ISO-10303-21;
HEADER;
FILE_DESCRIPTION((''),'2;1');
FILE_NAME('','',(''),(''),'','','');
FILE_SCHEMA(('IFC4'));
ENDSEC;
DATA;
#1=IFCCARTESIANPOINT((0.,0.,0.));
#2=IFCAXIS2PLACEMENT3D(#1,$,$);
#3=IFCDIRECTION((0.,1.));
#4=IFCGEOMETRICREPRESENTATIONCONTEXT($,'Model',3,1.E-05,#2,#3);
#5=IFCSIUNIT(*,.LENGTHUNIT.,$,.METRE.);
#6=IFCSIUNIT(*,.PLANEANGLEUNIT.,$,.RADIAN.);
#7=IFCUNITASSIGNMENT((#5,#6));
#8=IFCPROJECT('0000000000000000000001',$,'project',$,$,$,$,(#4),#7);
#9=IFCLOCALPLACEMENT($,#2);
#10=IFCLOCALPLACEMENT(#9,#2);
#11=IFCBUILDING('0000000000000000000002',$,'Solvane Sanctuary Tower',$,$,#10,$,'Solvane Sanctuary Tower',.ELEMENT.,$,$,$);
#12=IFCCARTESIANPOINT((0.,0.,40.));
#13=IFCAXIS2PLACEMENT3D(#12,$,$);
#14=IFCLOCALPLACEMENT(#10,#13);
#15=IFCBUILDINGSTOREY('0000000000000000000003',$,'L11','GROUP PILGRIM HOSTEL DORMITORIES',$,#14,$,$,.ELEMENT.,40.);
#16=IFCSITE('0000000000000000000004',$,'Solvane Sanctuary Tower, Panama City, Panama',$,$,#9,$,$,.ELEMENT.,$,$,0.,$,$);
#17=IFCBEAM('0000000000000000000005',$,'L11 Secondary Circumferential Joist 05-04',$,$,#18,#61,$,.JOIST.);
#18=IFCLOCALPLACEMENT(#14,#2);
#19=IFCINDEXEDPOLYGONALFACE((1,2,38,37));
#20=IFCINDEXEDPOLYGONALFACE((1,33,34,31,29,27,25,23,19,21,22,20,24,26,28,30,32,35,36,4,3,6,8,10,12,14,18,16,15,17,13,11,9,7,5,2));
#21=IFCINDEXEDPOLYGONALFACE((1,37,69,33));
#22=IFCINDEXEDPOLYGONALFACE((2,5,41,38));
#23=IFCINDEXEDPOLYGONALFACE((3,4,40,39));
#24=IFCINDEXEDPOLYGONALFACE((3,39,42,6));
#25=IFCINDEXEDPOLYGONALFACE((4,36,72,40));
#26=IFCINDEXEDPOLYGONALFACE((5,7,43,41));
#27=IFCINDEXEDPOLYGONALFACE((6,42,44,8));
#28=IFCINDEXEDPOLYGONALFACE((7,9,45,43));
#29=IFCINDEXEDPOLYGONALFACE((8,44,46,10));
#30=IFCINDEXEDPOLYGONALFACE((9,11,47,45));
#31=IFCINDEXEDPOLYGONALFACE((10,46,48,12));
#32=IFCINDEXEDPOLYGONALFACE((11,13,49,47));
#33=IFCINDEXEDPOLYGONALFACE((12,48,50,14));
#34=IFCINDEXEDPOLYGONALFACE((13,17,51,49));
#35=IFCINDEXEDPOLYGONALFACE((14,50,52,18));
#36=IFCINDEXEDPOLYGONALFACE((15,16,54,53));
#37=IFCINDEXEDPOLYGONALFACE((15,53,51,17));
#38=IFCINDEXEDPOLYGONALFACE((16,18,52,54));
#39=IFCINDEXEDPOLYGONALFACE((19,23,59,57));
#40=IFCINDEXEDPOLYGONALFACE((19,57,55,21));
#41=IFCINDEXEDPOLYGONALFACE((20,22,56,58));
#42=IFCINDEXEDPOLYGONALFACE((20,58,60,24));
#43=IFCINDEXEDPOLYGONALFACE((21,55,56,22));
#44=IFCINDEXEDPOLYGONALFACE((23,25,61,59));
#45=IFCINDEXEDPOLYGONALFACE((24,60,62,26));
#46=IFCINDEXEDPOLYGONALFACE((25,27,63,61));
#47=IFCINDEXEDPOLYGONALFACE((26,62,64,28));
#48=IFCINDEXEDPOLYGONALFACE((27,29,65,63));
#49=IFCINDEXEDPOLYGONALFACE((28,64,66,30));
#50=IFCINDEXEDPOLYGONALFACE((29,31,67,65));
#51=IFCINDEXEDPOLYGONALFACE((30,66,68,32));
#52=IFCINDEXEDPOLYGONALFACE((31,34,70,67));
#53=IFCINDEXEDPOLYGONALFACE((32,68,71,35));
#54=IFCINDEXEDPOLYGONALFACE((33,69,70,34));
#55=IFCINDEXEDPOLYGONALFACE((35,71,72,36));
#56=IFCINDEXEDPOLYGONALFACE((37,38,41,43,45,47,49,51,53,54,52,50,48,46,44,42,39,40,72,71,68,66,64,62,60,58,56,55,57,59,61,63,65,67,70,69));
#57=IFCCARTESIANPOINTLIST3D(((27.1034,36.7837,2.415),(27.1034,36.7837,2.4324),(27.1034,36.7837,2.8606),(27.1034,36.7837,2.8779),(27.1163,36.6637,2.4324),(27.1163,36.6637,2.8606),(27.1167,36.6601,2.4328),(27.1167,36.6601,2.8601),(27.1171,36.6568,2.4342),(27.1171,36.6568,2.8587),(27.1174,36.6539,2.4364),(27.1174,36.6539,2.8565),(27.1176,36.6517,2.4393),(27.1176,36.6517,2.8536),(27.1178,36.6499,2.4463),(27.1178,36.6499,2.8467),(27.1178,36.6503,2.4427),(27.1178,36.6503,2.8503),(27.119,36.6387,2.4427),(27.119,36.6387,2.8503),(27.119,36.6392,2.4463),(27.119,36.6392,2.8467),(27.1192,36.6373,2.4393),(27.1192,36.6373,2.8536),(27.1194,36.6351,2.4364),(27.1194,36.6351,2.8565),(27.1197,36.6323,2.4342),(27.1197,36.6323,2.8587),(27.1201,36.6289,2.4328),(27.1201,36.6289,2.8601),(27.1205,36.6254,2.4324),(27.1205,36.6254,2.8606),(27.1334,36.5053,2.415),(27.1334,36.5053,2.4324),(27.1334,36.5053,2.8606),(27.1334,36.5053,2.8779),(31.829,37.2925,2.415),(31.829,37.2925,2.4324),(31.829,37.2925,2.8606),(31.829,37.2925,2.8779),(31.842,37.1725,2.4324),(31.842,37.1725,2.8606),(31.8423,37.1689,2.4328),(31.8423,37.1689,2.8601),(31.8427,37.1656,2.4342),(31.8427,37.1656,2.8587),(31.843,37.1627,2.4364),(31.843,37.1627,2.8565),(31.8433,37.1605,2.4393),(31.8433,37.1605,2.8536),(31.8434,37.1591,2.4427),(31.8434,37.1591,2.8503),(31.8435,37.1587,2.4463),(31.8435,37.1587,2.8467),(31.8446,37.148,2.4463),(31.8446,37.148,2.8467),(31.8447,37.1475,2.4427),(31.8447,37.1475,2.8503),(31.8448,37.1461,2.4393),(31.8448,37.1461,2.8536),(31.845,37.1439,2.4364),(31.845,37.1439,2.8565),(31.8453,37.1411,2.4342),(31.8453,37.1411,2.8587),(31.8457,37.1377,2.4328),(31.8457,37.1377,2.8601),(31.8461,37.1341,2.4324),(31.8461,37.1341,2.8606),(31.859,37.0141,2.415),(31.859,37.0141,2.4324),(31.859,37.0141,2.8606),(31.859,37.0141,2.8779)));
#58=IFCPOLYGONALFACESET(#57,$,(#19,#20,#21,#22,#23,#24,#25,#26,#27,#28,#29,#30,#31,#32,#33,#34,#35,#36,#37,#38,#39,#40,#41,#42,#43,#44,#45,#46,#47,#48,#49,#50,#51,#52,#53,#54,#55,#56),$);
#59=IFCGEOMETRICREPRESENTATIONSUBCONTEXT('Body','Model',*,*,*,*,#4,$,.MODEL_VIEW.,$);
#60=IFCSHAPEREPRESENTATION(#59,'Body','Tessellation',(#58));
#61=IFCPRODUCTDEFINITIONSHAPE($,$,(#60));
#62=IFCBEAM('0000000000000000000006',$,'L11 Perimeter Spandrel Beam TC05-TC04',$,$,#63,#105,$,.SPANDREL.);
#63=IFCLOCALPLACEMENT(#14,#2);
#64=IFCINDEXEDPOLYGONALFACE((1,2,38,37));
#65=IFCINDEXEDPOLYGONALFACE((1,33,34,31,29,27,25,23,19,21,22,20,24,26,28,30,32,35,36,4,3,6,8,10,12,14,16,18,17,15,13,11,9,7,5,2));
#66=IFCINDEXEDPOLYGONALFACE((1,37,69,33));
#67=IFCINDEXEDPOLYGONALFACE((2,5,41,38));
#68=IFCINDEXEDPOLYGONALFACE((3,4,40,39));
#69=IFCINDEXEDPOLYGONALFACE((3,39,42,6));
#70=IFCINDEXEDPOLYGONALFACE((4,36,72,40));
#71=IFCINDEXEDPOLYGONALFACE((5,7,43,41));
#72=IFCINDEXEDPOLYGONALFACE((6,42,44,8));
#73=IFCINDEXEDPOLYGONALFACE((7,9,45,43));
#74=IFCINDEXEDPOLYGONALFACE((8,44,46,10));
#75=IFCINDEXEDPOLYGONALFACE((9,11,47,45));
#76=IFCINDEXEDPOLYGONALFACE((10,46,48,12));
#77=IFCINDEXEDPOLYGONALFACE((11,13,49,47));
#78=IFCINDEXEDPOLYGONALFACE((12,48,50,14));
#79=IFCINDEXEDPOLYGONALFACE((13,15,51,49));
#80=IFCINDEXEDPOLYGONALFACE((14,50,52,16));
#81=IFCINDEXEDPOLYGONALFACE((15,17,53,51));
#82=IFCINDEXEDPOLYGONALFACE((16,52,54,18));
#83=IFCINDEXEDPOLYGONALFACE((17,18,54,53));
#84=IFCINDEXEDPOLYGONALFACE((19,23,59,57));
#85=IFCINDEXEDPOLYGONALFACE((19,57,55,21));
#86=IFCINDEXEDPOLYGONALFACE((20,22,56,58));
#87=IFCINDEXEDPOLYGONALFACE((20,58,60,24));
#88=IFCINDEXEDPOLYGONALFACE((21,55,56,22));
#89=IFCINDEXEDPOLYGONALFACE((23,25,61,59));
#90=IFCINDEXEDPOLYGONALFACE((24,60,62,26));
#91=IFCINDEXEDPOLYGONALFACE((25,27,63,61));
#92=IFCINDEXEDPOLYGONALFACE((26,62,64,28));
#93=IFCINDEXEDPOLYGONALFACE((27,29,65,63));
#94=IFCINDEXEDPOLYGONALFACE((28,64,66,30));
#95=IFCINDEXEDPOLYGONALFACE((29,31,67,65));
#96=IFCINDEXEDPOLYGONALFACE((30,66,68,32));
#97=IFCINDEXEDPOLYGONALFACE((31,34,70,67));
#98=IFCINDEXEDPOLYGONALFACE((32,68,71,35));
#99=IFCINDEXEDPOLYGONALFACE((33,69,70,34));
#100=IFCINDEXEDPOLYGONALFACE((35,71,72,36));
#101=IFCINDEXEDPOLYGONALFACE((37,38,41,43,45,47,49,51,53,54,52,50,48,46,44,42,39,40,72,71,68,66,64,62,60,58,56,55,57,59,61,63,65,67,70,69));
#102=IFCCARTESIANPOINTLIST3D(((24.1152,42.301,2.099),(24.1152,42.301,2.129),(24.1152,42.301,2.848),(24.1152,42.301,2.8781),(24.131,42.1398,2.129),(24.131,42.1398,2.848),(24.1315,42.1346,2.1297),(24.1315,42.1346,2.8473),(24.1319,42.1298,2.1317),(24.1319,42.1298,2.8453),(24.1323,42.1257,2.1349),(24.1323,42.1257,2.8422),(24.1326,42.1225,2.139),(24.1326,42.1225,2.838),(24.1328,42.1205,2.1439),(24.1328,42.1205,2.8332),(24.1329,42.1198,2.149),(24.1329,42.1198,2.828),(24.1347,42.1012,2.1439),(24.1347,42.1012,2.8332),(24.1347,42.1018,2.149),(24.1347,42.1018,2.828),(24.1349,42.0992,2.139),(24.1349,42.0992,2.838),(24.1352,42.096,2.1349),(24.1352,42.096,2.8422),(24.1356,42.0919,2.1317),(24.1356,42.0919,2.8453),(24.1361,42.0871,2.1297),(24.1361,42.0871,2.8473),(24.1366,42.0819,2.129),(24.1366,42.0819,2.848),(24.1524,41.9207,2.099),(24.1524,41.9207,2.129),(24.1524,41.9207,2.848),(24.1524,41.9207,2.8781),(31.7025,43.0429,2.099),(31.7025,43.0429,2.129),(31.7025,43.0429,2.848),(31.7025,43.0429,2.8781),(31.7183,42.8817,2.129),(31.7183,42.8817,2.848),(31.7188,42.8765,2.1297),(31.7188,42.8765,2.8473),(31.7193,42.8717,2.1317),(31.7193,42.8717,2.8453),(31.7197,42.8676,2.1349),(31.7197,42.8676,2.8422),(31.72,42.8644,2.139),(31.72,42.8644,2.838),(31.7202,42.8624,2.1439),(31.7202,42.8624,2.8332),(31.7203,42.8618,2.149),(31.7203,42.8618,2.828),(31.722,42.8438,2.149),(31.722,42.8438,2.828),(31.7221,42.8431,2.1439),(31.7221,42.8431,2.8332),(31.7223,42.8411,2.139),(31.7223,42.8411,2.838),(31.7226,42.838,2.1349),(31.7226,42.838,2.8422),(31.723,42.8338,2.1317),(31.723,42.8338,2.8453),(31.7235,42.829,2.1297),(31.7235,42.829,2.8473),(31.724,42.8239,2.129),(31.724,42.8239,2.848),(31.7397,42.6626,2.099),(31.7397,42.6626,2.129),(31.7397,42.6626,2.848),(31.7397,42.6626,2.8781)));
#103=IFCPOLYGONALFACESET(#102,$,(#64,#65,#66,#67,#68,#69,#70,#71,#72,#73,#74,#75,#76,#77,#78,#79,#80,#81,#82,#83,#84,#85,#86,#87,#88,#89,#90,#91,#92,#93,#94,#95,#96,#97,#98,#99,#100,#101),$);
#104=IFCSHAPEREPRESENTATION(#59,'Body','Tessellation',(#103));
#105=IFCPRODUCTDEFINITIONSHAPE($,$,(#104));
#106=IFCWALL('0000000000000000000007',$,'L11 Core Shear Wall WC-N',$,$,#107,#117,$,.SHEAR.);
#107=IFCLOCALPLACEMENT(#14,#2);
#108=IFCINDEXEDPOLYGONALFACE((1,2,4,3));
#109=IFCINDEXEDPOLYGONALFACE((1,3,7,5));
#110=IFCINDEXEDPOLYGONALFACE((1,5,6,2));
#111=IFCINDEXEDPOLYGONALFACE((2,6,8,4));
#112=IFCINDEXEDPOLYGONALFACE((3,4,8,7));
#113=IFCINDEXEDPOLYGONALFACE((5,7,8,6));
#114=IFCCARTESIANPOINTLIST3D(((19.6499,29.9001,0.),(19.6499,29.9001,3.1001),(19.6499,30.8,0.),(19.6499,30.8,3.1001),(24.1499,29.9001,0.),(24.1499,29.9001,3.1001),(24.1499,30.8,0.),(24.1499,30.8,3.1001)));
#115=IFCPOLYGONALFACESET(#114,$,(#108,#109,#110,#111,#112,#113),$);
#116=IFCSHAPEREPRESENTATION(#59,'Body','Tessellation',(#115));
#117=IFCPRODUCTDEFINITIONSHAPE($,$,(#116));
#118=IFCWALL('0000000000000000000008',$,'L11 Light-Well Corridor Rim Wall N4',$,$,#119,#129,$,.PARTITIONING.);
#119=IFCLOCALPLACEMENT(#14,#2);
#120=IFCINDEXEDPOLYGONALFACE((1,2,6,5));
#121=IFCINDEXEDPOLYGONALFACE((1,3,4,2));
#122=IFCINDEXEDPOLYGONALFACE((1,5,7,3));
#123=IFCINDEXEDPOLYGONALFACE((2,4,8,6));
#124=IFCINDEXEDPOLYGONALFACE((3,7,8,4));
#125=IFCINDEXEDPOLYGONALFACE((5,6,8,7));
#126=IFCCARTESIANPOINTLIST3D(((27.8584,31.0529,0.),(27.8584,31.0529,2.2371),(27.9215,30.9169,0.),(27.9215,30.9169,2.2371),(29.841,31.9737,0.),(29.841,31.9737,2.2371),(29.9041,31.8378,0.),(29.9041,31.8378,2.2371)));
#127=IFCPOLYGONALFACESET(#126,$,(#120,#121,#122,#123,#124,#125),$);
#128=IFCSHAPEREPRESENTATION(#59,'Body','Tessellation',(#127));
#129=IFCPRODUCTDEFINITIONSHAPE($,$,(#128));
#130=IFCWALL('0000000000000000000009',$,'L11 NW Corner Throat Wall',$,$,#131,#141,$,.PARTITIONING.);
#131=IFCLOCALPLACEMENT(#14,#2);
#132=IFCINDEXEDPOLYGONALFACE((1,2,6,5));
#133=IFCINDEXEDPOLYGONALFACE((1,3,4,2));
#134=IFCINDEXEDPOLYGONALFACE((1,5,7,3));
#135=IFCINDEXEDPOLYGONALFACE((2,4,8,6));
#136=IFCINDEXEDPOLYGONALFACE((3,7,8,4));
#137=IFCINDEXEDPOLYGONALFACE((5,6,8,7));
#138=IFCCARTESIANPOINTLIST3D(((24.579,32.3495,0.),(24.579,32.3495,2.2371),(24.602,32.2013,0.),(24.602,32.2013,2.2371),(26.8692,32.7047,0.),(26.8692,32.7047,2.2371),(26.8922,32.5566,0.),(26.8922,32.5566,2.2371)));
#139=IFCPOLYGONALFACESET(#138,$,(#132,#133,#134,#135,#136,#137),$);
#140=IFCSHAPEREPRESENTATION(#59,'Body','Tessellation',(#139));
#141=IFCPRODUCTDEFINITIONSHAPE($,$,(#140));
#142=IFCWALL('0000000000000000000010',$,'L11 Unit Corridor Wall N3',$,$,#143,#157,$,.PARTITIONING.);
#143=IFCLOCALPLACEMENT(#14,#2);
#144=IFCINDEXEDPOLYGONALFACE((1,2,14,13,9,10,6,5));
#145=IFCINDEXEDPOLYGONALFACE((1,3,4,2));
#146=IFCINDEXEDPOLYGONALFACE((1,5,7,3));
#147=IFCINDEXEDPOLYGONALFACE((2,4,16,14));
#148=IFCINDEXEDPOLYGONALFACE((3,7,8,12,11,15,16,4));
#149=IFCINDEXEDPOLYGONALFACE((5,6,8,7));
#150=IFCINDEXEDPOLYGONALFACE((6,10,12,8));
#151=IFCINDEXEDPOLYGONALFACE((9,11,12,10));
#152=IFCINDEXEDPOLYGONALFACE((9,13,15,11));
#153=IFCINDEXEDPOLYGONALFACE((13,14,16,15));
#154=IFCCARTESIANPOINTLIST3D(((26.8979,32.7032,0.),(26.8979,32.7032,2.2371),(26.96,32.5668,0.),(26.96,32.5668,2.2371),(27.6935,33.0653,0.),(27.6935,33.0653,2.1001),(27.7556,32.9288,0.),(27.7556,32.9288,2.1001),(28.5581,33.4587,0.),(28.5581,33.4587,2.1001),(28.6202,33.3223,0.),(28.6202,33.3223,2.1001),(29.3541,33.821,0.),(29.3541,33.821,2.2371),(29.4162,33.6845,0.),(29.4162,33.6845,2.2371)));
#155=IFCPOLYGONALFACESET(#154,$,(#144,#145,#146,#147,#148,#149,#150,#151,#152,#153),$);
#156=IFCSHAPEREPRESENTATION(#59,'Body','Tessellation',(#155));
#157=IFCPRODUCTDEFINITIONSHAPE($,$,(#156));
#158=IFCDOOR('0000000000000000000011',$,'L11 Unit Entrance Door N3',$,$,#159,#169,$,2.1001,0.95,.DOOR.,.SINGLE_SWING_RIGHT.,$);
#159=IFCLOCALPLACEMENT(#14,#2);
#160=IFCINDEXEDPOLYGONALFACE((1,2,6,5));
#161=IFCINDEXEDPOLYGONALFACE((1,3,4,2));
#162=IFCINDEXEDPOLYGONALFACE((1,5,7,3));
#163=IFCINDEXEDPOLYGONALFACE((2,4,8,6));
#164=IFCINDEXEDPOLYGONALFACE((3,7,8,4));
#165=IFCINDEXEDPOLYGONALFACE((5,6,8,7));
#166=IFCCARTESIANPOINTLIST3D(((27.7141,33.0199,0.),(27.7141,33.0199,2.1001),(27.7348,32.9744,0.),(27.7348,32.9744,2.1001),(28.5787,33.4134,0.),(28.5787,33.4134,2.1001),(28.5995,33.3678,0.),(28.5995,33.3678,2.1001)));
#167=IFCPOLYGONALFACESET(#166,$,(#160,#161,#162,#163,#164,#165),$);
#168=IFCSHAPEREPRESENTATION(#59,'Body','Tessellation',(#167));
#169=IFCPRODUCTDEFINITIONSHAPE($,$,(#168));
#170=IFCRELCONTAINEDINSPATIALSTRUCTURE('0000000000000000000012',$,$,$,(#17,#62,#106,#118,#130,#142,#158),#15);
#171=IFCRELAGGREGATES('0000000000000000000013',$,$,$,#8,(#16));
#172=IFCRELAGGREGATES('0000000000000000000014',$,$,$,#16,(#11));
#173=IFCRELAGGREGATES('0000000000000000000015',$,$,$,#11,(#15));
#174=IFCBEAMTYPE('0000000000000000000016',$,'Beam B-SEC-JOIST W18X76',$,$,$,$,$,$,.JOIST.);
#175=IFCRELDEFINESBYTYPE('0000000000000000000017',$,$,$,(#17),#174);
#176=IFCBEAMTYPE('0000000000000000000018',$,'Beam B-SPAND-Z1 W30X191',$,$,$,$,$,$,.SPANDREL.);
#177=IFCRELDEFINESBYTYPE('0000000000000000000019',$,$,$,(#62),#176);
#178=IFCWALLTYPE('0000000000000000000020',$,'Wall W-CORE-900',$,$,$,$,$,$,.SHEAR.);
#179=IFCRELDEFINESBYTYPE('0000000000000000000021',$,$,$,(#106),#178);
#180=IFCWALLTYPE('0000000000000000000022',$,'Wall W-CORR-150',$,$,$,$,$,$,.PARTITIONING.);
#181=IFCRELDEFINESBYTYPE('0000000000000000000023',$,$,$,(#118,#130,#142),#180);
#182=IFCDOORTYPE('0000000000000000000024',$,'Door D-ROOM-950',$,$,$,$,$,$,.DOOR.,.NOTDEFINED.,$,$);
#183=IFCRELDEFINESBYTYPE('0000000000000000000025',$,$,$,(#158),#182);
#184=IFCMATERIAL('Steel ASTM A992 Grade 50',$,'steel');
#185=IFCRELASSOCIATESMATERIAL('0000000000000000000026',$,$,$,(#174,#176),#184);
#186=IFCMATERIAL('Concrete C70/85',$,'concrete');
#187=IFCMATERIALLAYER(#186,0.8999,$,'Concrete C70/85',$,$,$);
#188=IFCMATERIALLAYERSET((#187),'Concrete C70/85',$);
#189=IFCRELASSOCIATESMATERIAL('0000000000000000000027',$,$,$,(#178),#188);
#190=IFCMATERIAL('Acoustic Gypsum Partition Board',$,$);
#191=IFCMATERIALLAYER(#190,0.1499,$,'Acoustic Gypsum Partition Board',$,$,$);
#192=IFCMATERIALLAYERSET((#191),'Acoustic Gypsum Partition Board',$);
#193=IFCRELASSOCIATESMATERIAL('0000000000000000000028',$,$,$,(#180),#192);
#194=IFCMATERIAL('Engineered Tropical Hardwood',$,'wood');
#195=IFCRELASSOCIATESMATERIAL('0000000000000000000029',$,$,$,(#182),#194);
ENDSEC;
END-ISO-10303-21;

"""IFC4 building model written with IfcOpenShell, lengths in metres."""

from ifc_helpers import new_model, si_unit, direction, frame, frame_2d, origin, origin_2d, place, context, subcontext, project, spatial, rectangle, i_section, extrude, material, layer, layer_set, material_profile, profile_set, type_object, element, fill, save


model = new_model("IFC4")

# Units and contexts
model_context = context("Model", 3, precision=1e-05, world=origin(), true_north=direction((0.0, 1.0)))
body_context = subcontext(model_context, "Body", "Model", "MODEL_VIEW")
ifc_project = project(units=[si_unit("LENGTHUNIT", "METRE"), si_unit("PLANEANGLEUNIT", "RADIAN")], contexts=[model_context])

# Site, building, storey
site_placement = place(None, origin())
site = spatial("IfcSite", under=ifc_project, at=site_placement, Name="Solvane Sanctuary Tower, Panama City, Panama", CompositionType="ELEMENT", RefElevation=0.0)
building_placement = place(site_placement, origin())
building = spatial("IfcBuilding", under=site, at=building_placement, Name="Solvane Sanctuary Tower", LongName="Solvane Sanctuary Tower", CompositionType="ELEMENT")
storey_placement = place(building_placement, frame((0.0, 0.0, 40.0)))
storey = spatial("IfcBuildingStorey", under=building, at=storey_placement, Name="L11", Description="GROUP PILGRIM HOSTEL DORMITORIES", CompositionType="ELEMENT", Elevation=40.0)

# Shared definitions
ifc_material_1 = material(Name="Concrete C70/85", Category="concrete")

# Beams
ifc_material_2 = material(Name="Steel ASTM A992 Grade 50", Category="steel")
ifc_material_profile_1 = material_profile(ifc_material_2, i_section(OverallWidth=0.28, OverallDepth=0.4629, WebThickness=0.0107, FlangeThickness=0.0173, FilletRadius=0.0139, at=origin_2d()), Name="W18X76")
ifc_profile_set_1 = profile_set([ifc_material_profile_1], Name="Steel ASTM A992 Grade 50")
beam_type_1 = type_object("IfcBeamType", Name="Beam B-SEC-JOIST W18X76", PredefinedType="JOIST", material=ifc_profile_set_1)
beam_1_placement = place(storey_placement, frame((27.1184, 36.6445, 2.6465), z_axis=(0.994254, 0.107048, 0.0), x_axis=(-0.107048, 0.994254, 0.0)))
element("IfcBeam", 1, at=beam_1_placement, inside=storey, type_object=beam_type_1, Name="L11 Secondary Circumferential Joist 05-04", PredefinedType="JOIST", context=body_context, shape_type="SweptSolid", body=[
    extrude(i_section(OverallWidth=0.28, OverallDepth=0.4629, WebThickness=0.0107, FlangeThickness=0.0173, FilletRadius=0.0139, at=origin_2d()), origin(), (0.0, 0.0, 1.0), 4.7529),
])
ifc_material_profile_2 = material_profile(ifc_material_2, i_section(OverallWidth=0.3821, OverallDepth=0.7791, WebThickness=0.0181, FlangeThickness=0.03, FilletRadius=0.02, at=origin_2d()), Name="W30X191")
ifc_profile_set_2 = profile_set([ifc_material_profile_2], Name="Steel ASTM A992 Grade 50")
beam_type_2 = type_object("IfcBeamType", Name="Beam B-SPAND-Z1 W30X191", PredefinedType="SPANDREL", material=ifc_profile_set_2)
beam_2_placement = place(storey_placement, frame((24.1338, 42.1108, 2.4885), z_axis=(0.995253, 0.097322, 0.0), x_axis=(-0.097322, 0.995253, 0.0)))
element("IfcBeam", 2, at=beam_2_placement, inside=storey, type_object=beam_type_2, Name="L11 Perimeter Spandrel Beam TC05-TC04", PredefinedType="SPANDREL", context=body_context, shape_type="SweptSolid", body=[
    extrude(i_section(OverallWidth=0.3821, OverallDepth=0.7791, WebThickness=0.0181, FlangeThickness=0.03, FilletRadius=0.02, at=origin_2d()), origin(), (0.0, 0.0, 1.0), 7.6235),
])

# Walls
ifc_layer_1 = layer(ifc_material_1, 0.8999, Name="Concrete C70/85")
ifc_layer_set_1 = layer_set([ifc_layer_1], Name="Concrete C70/85")
wall_type_1 = type_object("IfcWallType", Name="Wall W-CORE-900", PredefinedType="SHEAR", material=ifc_layer_set_1)
wall_1_placement = place(storey_placement, frame((19.6499, 30.3501, 0.0), z_axis=(0.0, 0.0, 1.0), x_axis=(1.0, 0.0, 0.0)))
element("IfcWall", 3, at=wall_1_placement, inside=storey, type_object=wall_type_1, Name="L11 Core Shear Wall WC-N", PredefinedType="SHEAR", context=body_context, shape_type="SweptSolid", body=[
    extrude(rectangle(XDim=4.5, YDim=0.8999, at=frame_2d((2.25, 0.0))), origin(), (0.0, 0.0, 1.0), 3.1001),
])
ifc_material_3 = material(Name="Acoustic Gypsum Partition Board")
ifc_layer_2 = layer(ifc_material_3, 0.1499, Name="Acoustic Gypsum Partition Board")
ifc_layer_set_2 = layer_set([ifc_layer_2], Name="Acoustic Gypsum Partition Board")
wall_type_2 = type_object("IfcWallType", Name="Wall W-CORR-150", PredefinedType="PARTITIONING", material=ifc_layer_set_2)
wall_2_placement = place(storey_placement, frame((29.8726, 31.9058, 0.0), z_axis=(0.0, 0.0, 1.0), x_axis=(-0.906943, -0.421252, 0.0)))
element("IfcWall", 4, at=wall_2_placement, inside=storey, type_object=wall_type_2, Name="L11 Light-Well Corridor Rim Wall N4", PredefinedType="PARTITIONING", context=body_context, shape_type="SweptSolid", body=[
    extrude(rectangle(XDim=2.186, YDim=0.1499, at=frame_2d((1.093, 0.0))), origin(), (0.0, 0.0, 1.0), 2.2371),
])
wall_3_placement = place(storey_placement, frame((26.8806, 32.6306, 0.0), z_axis=(0.0, 0.0, 1.0), x_axis=(-0.988185, -0.153268, 0.0)))
element("IfcWall", 5, at=wall_3_placement, inside=storey, type_object=wall_type_2, Name="L11 NW Corner Throat Wall", PredefinedType="PARTITIONING", context=body_context, shape_type="SweptSolid", body=[
    extrude(rectangle(XDim=2.3176, YDim=0.1499, at=frame_2d((1.1587, 0.0))), origin(), (0.0, 0.0, 1.0), 2.2371),
])

# Wall, opening, door
wall_4_placement = place(storey_placement, frame((29.385, 33.7527, 0.0), z_axis=(0.0, 0.0, 1.0), x_axis=(-0.910187, -0.414198, 0.0)))
wall_4 = element("IfcWall", 6, at=wall_4_placement, inside=storey, type_object=wall_type_2, Name="L11 Unit Corridor Wall N3", PredefinedType="PARTITIONING", context=body_context, shape_type="SweptSolid", body=[
    extrude(rectangle(XDim=2.6985, YDim=0.1499, at=frame_2d((1.3491, 0.0))), origin(), (0.0, 0.0, 1.0), 2.2371),
])
opening_1_placement = place(wall_4_placement, frame((0.8743, 0.0, 0.0)))
opening_1 = element("IfcOpeningElement", 7, at=opening_1_placement, cuts=wall_4, PredefinedType="OPENING", context=body_context, shape_type="SweptSolid", body=[
    extrude(rectangle(XDim=0.95, YDim=2.1001, at=frame_2d((0.4751, 1.05))), frame((0.0, 0.085, 0.0), z_axis=(0.0, -1.0, 0.0), x_axis=(1.0, 0.0, 0.0)), (0.0, 0.0, 1.0), 0.1699),
])
ifc_material_4 = material(Name="Engineered Tropical Hardwood", Category="wood")
door_type = type_object("IfcDoorType", Name="Door D-ROOM-950", OperationType="NOTDEFINED", PredefinedType="DOOR", material=ifc_material_4)
door_placement = place(opening_1_placement, origin())
door = element("IfcDoor", 8, at=door_placement, inside=storey, type_object=door_type, Name="L11 Unit Entrance Door N3", OperationType="SINGLE_SWING_RIGHT", OverallHeight=2.1001, OverallWidth=0.95, PredefinedType="DOOR", context=body_context, shape_type="SweptSolid", body=[
    extrude(rectangle(XDim=0.95, YDim=2.1001, at=frame_2d((0.4751, 1.05))), frame((0.0, 0.0249, 0.0), z_axis=(0.0, -1.0, 0.0), x_axis=(1.0, 0.0, 0.0)), (0.0, 0.0, 1.0), 0.05),
])
fill(opening_1, door)

save(model, "model.ifc")
